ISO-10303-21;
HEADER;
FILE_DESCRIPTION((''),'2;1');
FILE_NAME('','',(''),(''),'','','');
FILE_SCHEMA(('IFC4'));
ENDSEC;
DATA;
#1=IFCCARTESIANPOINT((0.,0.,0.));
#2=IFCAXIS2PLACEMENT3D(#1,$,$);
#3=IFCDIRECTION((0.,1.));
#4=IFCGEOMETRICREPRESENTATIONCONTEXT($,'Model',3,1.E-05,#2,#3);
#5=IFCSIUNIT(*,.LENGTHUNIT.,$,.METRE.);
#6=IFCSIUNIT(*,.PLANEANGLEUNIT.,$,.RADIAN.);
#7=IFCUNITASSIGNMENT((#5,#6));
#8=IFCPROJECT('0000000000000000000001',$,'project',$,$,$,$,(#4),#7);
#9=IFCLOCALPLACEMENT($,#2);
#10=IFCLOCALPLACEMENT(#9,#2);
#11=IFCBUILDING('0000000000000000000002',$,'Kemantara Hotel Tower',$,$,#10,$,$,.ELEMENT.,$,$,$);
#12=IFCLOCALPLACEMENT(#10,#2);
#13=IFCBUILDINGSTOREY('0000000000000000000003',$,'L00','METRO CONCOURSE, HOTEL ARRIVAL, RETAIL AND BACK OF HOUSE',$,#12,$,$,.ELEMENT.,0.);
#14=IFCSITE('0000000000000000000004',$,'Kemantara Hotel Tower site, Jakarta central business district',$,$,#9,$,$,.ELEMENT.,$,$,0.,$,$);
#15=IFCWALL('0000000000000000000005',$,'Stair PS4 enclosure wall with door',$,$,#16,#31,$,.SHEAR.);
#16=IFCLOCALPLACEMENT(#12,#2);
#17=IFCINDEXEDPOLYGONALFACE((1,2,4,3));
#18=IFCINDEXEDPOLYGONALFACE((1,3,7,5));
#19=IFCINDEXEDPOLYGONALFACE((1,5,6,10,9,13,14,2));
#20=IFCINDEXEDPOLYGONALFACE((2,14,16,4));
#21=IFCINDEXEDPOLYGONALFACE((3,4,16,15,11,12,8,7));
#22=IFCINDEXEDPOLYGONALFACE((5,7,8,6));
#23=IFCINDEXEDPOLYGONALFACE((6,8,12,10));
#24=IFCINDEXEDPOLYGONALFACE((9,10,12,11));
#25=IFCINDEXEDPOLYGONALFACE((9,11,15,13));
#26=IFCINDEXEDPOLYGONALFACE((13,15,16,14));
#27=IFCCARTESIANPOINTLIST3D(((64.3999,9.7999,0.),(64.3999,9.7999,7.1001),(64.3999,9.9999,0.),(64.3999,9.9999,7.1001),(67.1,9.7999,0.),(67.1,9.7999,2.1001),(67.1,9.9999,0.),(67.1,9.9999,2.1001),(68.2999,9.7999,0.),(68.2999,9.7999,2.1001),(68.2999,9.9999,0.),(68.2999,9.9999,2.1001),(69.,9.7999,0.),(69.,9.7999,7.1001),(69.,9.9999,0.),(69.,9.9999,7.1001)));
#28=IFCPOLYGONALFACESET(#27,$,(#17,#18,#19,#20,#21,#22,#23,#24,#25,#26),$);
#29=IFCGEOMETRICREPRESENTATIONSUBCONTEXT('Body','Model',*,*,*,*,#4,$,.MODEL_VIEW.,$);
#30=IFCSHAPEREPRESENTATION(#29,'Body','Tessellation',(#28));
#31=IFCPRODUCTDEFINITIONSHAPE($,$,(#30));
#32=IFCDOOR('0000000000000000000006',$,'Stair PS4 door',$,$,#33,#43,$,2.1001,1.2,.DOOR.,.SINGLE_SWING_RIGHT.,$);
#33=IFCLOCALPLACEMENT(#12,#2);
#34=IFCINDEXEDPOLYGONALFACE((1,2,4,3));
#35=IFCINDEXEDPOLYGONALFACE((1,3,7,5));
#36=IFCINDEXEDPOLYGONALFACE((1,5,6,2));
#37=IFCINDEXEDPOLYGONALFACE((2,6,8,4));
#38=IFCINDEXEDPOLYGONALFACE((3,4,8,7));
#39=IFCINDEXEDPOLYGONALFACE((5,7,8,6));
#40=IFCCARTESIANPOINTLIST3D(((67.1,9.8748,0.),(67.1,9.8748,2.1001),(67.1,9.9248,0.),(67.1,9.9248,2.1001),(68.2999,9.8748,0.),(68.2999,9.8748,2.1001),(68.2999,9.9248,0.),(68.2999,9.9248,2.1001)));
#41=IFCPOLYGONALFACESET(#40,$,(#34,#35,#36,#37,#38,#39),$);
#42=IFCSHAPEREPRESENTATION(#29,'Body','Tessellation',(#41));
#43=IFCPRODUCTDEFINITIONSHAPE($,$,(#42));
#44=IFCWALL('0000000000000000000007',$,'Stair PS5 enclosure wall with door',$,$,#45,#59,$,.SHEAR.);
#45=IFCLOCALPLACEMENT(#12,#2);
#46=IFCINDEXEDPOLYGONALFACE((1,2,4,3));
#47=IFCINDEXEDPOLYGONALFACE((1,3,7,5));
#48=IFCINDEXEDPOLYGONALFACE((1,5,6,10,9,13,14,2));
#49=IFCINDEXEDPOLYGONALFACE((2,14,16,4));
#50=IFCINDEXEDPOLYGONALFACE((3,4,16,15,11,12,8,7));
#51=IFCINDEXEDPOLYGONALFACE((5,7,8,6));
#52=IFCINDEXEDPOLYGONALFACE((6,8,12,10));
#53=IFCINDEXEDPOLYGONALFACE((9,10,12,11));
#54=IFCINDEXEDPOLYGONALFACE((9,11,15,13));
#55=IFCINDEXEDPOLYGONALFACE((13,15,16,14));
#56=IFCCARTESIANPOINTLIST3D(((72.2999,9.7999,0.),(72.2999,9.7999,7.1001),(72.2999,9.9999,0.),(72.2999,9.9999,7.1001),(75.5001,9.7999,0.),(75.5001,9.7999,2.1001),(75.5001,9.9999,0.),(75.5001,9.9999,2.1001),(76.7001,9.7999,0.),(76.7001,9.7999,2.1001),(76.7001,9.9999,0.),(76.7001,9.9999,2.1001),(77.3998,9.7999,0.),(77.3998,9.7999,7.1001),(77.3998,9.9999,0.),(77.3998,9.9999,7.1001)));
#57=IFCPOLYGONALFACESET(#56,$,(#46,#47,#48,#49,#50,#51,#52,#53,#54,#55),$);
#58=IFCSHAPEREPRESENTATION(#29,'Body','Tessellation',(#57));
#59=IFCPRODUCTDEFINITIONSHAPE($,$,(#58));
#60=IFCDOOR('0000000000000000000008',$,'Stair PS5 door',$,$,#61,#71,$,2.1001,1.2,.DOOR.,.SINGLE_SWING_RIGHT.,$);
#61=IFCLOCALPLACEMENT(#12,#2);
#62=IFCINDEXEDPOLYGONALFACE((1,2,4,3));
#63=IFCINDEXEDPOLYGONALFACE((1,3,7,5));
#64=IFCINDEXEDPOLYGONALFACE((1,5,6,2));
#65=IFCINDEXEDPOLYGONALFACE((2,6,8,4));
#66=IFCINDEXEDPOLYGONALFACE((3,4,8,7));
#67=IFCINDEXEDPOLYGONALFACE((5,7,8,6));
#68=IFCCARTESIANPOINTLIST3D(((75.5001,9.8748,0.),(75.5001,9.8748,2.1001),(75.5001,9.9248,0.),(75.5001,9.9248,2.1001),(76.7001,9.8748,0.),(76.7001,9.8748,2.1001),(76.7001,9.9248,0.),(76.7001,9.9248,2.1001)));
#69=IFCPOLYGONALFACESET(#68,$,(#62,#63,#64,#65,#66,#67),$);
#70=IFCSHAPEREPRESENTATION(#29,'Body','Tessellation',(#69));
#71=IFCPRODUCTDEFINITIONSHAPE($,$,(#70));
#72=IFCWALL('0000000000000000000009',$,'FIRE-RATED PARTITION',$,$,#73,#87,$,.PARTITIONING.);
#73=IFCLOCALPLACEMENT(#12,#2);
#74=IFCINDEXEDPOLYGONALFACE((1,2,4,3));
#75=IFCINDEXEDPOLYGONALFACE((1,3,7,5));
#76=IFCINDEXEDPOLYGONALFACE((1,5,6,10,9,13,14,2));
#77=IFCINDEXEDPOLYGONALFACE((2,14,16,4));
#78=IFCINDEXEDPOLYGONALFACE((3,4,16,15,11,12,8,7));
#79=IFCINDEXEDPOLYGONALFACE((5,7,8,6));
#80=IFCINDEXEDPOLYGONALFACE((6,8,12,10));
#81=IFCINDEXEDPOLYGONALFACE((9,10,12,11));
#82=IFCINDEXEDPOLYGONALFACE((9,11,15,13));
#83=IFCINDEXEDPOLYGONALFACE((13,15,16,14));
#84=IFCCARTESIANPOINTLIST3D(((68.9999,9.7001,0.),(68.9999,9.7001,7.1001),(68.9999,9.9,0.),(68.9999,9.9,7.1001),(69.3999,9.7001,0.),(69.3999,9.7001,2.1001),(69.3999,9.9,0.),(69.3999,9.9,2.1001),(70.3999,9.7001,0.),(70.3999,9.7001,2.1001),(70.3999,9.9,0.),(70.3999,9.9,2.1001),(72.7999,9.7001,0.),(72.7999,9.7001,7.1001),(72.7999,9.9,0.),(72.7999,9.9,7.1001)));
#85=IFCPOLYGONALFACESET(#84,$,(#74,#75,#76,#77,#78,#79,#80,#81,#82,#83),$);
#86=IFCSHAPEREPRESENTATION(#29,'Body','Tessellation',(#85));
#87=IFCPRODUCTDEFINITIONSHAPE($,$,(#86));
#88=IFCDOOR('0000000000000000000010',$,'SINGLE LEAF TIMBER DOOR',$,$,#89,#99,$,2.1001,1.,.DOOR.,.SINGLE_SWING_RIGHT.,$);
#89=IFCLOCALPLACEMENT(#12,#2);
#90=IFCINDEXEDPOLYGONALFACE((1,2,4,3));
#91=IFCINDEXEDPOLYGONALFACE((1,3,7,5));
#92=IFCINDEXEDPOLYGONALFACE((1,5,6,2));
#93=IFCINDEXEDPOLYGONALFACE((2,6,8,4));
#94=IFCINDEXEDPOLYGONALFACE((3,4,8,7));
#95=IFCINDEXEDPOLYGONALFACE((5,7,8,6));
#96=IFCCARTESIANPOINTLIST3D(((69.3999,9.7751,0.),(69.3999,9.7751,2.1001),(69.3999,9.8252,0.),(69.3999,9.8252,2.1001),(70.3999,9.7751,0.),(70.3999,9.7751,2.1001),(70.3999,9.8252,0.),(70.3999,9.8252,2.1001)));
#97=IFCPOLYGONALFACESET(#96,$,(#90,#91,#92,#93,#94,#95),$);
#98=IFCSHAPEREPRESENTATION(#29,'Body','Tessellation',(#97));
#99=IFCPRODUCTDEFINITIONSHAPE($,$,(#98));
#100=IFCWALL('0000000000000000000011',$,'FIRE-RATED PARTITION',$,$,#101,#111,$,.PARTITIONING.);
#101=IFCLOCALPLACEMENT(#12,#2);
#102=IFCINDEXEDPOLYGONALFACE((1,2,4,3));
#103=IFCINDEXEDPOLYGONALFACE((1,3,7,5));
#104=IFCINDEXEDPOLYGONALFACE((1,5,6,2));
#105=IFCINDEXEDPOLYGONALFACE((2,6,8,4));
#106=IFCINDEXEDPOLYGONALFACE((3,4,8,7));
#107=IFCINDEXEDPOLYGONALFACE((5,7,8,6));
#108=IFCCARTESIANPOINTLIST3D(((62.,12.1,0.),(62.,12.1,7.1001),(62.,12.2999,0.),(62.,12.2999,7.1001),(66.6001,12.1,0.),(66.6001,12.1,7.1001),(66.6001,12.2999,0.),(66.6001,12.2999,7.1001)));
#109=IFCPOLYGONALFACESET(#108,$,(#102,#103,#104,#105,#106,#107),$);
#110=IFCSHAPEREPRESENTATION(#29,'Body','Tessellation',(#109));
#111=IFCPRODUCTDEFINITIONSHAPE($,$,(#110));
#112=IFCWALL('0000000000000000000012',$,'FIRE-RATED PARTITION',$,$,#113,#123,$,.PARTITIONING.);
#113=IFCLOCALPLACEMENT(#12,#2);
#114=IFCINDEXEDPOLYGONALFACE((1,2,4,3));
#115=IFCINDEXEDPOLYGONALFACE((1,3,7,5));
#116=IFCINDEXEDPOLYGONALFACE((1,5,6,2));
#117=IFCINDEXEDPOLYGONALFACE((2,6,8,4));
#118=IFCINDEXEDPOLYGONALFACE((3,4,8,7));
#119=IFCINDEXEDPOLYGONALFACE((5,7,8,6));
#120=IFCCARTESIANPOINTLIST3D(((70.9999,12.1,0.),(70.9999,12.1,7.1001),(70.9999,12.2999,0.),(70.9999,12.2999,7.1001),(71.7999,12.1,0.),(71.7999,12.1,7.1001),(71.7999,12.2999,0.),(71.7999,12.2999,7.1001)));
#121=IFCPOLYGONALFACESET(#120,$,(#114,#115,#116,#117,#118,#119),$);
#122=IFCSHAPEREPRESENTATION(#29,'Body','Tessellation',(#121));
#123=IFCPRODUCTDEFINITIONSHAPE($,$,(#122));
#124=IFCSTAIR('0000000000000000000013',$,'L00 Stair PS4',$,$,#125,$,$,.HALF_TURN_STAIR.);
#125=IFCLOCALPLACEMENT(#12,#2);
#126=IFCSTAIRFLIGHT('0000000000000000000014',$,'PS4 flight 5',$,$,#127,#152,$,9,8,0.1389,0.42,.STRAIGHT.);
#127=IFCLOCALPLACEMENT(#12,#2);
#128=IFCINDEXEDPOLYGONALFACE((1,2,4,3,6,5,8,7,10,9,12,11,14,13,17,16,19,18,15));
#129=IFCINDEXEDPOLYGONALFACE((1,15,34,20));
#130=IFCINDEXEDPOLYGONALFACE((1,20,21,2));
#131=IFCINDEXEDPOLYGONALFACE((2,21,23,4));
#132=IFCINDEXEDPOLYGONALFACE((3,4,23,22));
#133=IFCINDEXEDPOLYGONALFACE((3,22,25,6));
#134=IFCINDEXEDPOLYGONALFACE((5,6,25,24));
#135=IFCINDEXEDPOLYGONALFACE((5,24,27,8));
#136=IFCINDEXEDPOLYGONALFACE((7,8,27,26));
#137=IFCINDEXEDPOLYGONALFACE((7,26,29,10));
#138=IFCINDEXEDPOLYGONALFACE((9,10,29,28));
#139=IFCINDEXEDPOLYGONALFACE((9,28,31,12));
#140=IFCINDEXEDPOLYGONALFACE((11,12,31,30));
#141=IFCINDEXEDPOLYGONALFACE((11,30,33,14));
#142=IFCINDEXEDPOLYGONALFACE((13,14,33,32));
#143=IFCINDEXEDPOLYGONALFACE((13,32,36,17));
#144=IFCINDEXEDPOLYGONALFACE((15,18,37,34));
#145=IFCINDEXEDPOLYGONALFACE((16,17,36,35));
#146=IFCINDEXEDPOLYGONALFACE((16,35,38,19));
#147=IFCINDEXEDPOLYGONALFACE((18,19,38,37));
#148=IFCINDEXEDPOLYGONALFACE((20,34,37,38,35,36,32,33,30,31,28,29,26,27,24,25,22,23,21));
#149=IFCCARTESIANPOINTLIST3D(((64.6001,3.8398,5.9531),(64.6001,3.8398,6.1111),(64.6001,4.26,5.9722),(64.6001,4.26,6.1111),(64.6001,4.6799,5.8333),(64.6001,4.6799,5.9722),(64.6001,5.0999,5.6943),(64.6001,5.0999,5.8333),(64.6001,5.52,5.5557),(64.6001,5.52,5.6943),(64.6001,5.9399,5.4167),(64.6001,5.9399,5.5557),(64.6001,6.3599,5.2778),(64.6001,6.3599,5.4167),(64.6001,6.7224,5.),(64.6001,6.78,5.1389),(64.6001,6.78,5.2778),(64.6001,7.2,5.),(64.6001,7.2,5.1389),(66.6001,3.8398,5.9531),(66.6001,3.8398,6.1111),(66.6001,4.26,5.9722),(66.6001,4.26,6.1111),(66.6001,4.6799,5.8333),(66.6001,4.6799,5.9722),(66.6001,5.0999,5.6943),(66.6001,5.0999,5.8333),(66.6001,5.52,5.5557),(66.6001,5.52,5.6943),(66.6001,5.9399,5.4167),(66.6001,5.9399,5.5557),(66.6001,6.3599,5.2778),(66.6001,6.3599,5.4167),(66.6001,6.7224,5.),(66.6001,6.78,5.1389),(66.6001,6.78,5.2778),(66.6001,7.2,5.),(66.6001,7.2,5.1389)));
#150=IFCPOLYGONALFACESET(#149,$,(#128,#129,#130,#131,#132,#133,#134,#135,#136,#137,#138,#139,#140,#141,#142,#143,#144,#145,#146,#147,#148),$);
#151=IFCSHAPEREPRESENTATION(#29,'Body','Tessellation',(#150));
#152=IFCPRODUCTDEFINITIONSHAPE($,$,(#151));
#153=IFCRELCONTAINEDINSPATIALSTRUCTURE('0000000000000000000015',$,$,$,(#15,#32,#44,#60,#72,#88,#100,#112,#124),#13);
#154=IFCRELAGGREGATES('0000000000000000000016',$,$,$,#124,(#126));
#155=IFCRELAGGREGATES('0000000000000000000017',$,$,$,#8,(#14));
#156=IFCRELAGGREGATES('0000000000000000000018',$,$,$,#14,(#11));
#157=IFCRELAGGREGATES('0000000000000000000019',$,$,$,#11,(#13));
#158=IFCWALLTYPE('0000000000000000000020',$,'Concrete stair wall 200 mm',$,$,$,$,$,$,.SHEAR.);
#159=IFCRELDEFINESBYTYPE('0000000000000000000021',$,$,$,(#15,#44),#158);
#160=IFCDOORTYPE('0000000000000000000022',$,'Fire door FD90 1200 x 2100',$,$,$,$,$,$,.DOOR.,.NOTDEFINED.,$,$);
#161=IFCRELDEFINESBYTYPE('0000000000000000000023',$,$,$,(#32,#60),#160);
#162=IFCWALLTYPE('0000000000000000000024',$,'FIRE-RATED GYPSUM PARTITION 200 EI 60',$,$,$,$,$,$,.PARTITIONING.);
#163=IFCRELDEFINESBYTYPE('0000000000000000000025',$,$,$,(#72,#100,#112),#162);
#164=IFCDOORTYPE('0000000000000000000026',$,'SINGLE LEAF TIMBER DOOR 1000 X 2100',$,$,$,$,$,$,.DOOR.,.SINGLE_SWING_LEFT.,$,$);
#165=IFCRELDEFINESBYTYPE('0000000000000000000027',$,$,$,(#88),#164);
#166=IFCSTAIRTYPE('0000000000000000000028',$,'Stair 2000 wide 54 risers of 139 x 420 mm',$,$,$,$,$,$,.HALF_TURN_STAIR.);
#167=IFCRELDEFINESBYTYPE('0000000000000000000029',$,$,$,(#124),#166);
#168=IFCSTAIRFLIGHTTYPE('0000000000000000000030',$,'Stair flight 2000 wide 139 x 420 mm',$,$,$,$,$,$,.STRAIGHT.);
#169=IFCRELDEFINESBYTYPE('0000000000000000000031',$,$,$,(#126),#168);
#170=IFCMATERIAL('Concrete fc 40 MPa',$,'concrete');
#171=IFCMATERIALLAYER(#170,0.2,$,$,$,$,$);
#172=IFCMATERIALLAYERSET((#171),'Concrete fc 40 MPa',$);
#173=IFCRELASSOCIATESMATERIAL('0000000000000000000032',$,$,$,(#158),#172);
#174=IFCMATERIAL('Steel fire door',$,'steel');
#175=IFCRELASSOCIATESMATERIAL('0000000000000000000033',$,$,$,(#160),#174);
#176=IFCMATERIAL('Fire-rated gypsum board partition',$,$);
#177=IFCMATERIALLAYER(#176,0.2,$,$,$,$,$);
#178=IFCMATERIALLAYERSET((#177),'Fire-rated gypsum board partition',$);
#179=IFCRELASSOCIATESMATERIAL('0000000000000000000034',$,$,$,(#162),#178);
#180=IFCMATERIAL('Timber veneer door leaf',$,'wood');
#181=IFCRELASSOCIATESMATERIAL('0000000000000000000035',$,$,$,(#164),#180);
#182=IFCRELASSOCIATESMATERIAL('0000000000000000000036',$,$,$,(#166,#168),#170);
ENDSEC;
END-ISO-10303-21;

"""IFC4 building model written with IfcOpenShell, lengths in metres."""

from ifc_helpers import new_model, si_unit, direction, frame, frame_2d, origin, place, context, subcontext, project, spatial, polyline, rectangle, outline, extrude, material, layer, layer_set, type_object, element, fill, aggregate, save


model = new_model("IFC4")

# Units and contexts
model_context = context("Model", 3, precision=1e-05, world=origin(), true_north=direction((0.0, 1.0)))
body_context = subcontext(model_context, "Body", "Model", "MODEL_VIEW")
ifc_project = project(units=[si_unit("LENGTHUNIT", "METRE"), si_unit("PLANEANGLEUNIT", "RADIAN")], contexts=[model_context])

# Site, building, storey
site_placement = place(None, origin())
site = spatial("IfcSite", under=ifc_project, at=site_placement, Name="Kemantara Hotel Tower site, Jakarta central business district", CompositionType="ELEMENT", RefElevation=0.0)
building_placement = place(site_placement, origin())
building = spatial("IfcBuilding", under=site, at=building_placement, Name="Kemantara Hotel Tower", CompositionType="ELEMENT")
storey_placement = place(building_placement, origin())
storey = spatial("IfcBuildingStorey", under=building, at=storey_placement, Name="L00", Description="METRO CONCOURSE, HOTEL ARRIVAL, RETAIL AND BACK OF HOUSE", CompositionType="ELEMENT", Elevation=0.0)

# Shared definitions
ifc_material_1 = material(Name="Concrete fc 40 MPa", Category="concrete")
ifc_layer_1 = layer(ifc_material_1, 0.2)
ifc_layer_set_1 = layer_set([ifc_layer_1], Name="Concrete fc 40 MPa")
wall_type_1 = type_object("IfcWallType", Name="Concrete stair wall 200 mm", PredefinedType="SHEAR", material=ifc_layer_set_1)

# Shared definitions
ifc_material_2 = material(Name="Steel fire door", Category="steel")
door_type_1 = type_object("IfcDoorType", Name="Fire door FD90 1200 x 2100", OperationType="NOTDEFINED", PredefinedType="DOOR", material=ifc_material_2)

# Walls, openings, doors
wall_1_placement = place(storey_placement, frame((64.3999, 9.8999, 0.0), z_axis=(0.0, 0.0, 1.0), x_axis=(1.0, 0.0, 0.0)))
wall_1 = element("IfcWall", 1, at=wall_1_placement, inside=storey, type_object=wall_type_1, Name="Stair PS4 enclosure wall with door", PredefinedType="SHEAR", context=body_context, shape_type="SweptSolid", body=[
    extrude(rectangle(XDim=4.6001, YDim=0.2, at=frame_2d((2.3, 0.0))), origin(), (0.0, 0.0, 1.0), 7.1001),
])
opening_1_placement = place(wall_1_placement, frame((2.7, 0.0, 0.0)))
opening_1 = element("IfcOpeningElement", 2, at=opening_1_placement, cuts=wall_1, PredefinedType="OPENING", context=body_context, shape_type="SweptSolid", body=[
    extrude(rectangle(XDim=1.2, YDim=2.1001, at=frame_2d((0.6001, 1.05))), frame((0.0, 0.1099, 0.0), z_axis=(0.0, -1.0, 0.0), x_axis=(1.0, 0.0, 0.0)), (0.0, 0.0, 1.0), 0.22),
])
door_1_placement = place(opening_1_placement, origin())
door_1 = element("IfcDoor", 3, at=door_1_placement, inside=storey, type_object=door_type_1, Name="Stair PS4 door", OperationType="SINGLE_SWING_RIGHT", OverallHeight=2.1001, OverallWidth=1.2, PredefinedType="DOOR", context=body_context, shape_type="SweptSolid", body=[
    extrude(rectangle(XDim=1.2, YDim=2.1001, at=frame_2d((0.6001, 1.05))), frame((0.0, 0.0249, 0.0), z_axis=(0.0, -1.0, 0.0), x_axis=(1.0, 0.0, 0.0)), (0.0, 0.0, 1.0), 0.05),
])
fill(opening_1, door_1)
wall_2_placement = place(storey_placement, frame((72.3, 9.8999, 0.0), z_axis=(0.0, 0.0, 1.0), x_axis=(1.0, 0.0, 0.0)))
wall_2 = element("IfcWall", 4, at=wall_2_placement, inside=storey, type_object=wall_type_1, Name="Stair PS5 enclosure wall with door", PredefinedType="SHEAR", context=body_context, shape_type="SweptSolid", body=[
    extrude(rectangle(XDim=5.0999, YDim=0.2, at=frame_2d((2.5498, 0.0))), origin(), (0.0, 0.0, 1.0), 7.1001),
])
opening_2_placement = place(wall_2_placement, frame((3.2, 0.0, 0.0)))
opening_2 = element("IfcOpeningElement", 5, at=opening_2_placement, cuts=wall_2, PredefinedType="OPENING", context=body_context, shape_type="SweptSolid", body=[
    extrude(rectangle(XDim=1.2, YDim=2.1001, at=frame_2d((0.6001, 1.05))), frame((0.0, 0.1099, 0.0), z_axis=(0.0, -1.0, 0.0), x_axis=(1.0, 0.0, 0.0)), (0.0, 0.0, 1.0), 0.22),
])
door_2_placement = place(opening_2_placement, origin())
door_2 = element("IfcDoor", 6, at=door_2_placement, inside=storey, type_object=door_type_1, Name="Stair PS5 door", OperationType="SINGLE_SWING_RIGHT", OverallHeight=2.1001, OverallWidth=1.2, PredefinedType="DOOR", context=body_context, shape_type="SweptSolid", body=[
    extrude(rectangle(XDim=1.2, YDim=2.1001, at=frame_2d((0.6001, 1.05))), frame((0.0, 0.0249, 0.0), z_axis=(0.0, -1.0, 0.0), x_axis=(1.0, 0.0, 0.0)), (0.0, 0.0, 1.0), 0.05),
])
fill(opening_2, door_2)
ifc_material_3 = material(Name="Fire-rated gypsum board partition")
ifc_layer_2 = layer(ifc_material_3, 0.2)
ifc_layer_set_2 = layer_set([ifc_layer_2], Name="Fire-rated gypsum board partition")
wall_type_2 = type_object("IfcWallType", Name="FIRE-RATED GYPSUM PARTITION 200 EI 60", PredefinedType="PARTITIONING", material=ifc_layer_set_2)
wall_3_placement = place(storey_placement, frame((69.0, 9.8, 0.0), z_axis=(0.0, 0.0, 1.0), x_axis=(1.0, 0.0, 0.0)))
wall_3 = element("IfcWall", 7, at=wall_3_placement, inside=storey, type_object=wall_type_2, Name="FIRE-RATED PARTITION", PredefinedType="PARTITIONING", context=body_context, shape_type="SweptSolid", body=[
    extrude(rectangle(XDim=3.8, YDim=0.2, at=frame_2d((1.8999, 0.0))), origin(), (0.0, 0.0, 1.0), 7.1001),
])
opening_3_placement = place(wall_3_placement, frame((0.3999, 0.0, 0.0)))
opening_3 = element("IfcOpeningElement", 8, at=opening_3_placement, cuts=wall_3, PredefinedType="OPENING", context=body_context, shape_type="SweptSolid", body=[
    extrude(rectangle(XDim=1.0, YDim=2.1001, at=frame_2d((0.5, 1.05))), frame((0.0, 0.1099, 0.0), z_axis=(0.0, -1.0, 0.0), x_axis=(1.0, 0.0, 0.0)), (0.0, 0.0, 1.0), 0.22),
])
ifc_material_4 = material(Name="Timber veneer door leaf", Category="wood")
door_type_2 = type_object("IfcDoorType", Name="SINGLE LEAF TIMBER DOOR 1000 X 2100", OperationType="SINGLE_SWING_LEFT", PredefinedType="DOOR", material=ifc_material_4)
door_3_placement = place(opening_3_placement, frame((1.0, 0.0, 0.0), z_axis=(0.0, 0.0, 1.0), x_axis=(-1.0, 0.0, 0.0)))
door_3 = element("IfcDoor", 9, at=door_3_placement, inside=storey, type_object=door_type_2, Name="SINGLE LEAF TIMBER DOOR", OperationType="SINGLE_SWING_RIGHT", OverallHeight=2.1001, OverallWidth=1.0, PredefinedType="DOOR", context=body_context, shape_type="SweptSolid", body=[
    extrude(rectangle(XDim=1.0, YDim=2.1001, at=frame_2d((0.5, 1.05))), frame((0.0, 0.0249, 0.0), z_axis=(0.0, -1.0, 0.0), x_axis=(1.0, 0.0, 0.0)), (0.0, 0.0, 1.0), 0.05),
])
fill(opening_3, door_3)

# Walls
wall_4_placement = place(storey_placement, frame((62.0, 12.2, 0.0), z_axis=(0.0, 0.0, 1.0), x_axis=(1.0, 0.0, 0.0)))
element("IfcWall", 10, at=wall_4_placement, inside=storey, type_object=wall_type_2, Name="FIRE-RATED PARTITION", PredefinedType="PARTITIONING", context=body_context, shape_type="SweptSolid", body=[
    extrude(rectangle(XDim=4.6001, YDim=0.2, at=frame_2d((2.3, 0.0))), origin(), (0.0, 0.0, 1.0), 7.1001),
])
wall_5_placement = place(storey_placement, frame((71.0, 12.2, 0.0), z_axis=(0.0, 0.0, 1.0), x_axis=(1.0, 0.0, 0.0)))
element("IfcWall", 11, at=wall_5_placement, inside=storey, type_object=wall_type_2, Name="FIRE-RATED PARTITION", PredefinedType="PARTITIONING", context=body_context, shape_type="SweptSolid", body=[
    extrude(rectangle(XDim=0.8, YDim=0.2, at=frame_2d((0.3999, 0.0))), origin(), (0.0, 0.0, 1.0), 7.1001),
])

# Stair, stair flight
stair_type = type_object("IfcStairType", Name="Stair 2000 wide 54 risers of 139 x 420 mm", PredefinedType="HALF_TURN_STAIR", material=ifc_material_1)
stair_placement = place(storey_placement, origin())
stair = element("IfcStair", 12, at=stair_placement, inside=storey, type_object=stair_type, Name="L00 Stair PS4", PredefinedType="HALF_TURN_STAIR")
stair_flight_type = type_object("IfcStairFlightType", Name="Stair flight 2000 wide 139 x 420 mm", PredefinedType="STRAIGHT", material=ifc_material_1)
stair_flight_placement = place(storey_placement, frame((65.6001, 7.2, 5.0), z_axis=(0.0, 0.0, 1.0), x_axis=(0.0, -1.0, 0.0)))
stair_flight = element("IfcStairFlight", 13, at=stair_flight_placement, type_object=stair_flight_type, Name="PS4 flight 5", NumberOfRisers=9, NumberOfTreads=8, PredefinedType="STRAIGHT", RiserHeight=0.1389, TreadLength=0.42, context=body_context, shape_type="SweptSolid", body=[
    extrude(outline(polyline([(0.0, 0.0), (0.0, 0.1389), (0.4199, 0.1389), (0.4199, 0.2778), (0.8401, 0.2778), (0.8401, 0.4167), (1.26, 0.4167), (1.26, 0.5557), (1.6799, 0.5557), (1.6799, 0.6943), (2.1001, 0.6943), (2.1001, 0.8333), (2.52, 0.8333), (2.52, 0.9722), (2.9399, 0.9722), (2.9399, 1.1111), (3.3601, 1.1111), (3.3601, 1.25), (3.3601, 0.9531), (0.4775, 0.0), (0.0, 0.0)])), frame((0.0, 1.0, 0.0), z_axis=(0.0, -1.0, 0.0), x_axis=(1.0, 0.0, 0.0)), (0.0, 0.0, 1.0), 2.0),
])
aggregate(stair, [stair_flight])

save(model, "model.ifc")
